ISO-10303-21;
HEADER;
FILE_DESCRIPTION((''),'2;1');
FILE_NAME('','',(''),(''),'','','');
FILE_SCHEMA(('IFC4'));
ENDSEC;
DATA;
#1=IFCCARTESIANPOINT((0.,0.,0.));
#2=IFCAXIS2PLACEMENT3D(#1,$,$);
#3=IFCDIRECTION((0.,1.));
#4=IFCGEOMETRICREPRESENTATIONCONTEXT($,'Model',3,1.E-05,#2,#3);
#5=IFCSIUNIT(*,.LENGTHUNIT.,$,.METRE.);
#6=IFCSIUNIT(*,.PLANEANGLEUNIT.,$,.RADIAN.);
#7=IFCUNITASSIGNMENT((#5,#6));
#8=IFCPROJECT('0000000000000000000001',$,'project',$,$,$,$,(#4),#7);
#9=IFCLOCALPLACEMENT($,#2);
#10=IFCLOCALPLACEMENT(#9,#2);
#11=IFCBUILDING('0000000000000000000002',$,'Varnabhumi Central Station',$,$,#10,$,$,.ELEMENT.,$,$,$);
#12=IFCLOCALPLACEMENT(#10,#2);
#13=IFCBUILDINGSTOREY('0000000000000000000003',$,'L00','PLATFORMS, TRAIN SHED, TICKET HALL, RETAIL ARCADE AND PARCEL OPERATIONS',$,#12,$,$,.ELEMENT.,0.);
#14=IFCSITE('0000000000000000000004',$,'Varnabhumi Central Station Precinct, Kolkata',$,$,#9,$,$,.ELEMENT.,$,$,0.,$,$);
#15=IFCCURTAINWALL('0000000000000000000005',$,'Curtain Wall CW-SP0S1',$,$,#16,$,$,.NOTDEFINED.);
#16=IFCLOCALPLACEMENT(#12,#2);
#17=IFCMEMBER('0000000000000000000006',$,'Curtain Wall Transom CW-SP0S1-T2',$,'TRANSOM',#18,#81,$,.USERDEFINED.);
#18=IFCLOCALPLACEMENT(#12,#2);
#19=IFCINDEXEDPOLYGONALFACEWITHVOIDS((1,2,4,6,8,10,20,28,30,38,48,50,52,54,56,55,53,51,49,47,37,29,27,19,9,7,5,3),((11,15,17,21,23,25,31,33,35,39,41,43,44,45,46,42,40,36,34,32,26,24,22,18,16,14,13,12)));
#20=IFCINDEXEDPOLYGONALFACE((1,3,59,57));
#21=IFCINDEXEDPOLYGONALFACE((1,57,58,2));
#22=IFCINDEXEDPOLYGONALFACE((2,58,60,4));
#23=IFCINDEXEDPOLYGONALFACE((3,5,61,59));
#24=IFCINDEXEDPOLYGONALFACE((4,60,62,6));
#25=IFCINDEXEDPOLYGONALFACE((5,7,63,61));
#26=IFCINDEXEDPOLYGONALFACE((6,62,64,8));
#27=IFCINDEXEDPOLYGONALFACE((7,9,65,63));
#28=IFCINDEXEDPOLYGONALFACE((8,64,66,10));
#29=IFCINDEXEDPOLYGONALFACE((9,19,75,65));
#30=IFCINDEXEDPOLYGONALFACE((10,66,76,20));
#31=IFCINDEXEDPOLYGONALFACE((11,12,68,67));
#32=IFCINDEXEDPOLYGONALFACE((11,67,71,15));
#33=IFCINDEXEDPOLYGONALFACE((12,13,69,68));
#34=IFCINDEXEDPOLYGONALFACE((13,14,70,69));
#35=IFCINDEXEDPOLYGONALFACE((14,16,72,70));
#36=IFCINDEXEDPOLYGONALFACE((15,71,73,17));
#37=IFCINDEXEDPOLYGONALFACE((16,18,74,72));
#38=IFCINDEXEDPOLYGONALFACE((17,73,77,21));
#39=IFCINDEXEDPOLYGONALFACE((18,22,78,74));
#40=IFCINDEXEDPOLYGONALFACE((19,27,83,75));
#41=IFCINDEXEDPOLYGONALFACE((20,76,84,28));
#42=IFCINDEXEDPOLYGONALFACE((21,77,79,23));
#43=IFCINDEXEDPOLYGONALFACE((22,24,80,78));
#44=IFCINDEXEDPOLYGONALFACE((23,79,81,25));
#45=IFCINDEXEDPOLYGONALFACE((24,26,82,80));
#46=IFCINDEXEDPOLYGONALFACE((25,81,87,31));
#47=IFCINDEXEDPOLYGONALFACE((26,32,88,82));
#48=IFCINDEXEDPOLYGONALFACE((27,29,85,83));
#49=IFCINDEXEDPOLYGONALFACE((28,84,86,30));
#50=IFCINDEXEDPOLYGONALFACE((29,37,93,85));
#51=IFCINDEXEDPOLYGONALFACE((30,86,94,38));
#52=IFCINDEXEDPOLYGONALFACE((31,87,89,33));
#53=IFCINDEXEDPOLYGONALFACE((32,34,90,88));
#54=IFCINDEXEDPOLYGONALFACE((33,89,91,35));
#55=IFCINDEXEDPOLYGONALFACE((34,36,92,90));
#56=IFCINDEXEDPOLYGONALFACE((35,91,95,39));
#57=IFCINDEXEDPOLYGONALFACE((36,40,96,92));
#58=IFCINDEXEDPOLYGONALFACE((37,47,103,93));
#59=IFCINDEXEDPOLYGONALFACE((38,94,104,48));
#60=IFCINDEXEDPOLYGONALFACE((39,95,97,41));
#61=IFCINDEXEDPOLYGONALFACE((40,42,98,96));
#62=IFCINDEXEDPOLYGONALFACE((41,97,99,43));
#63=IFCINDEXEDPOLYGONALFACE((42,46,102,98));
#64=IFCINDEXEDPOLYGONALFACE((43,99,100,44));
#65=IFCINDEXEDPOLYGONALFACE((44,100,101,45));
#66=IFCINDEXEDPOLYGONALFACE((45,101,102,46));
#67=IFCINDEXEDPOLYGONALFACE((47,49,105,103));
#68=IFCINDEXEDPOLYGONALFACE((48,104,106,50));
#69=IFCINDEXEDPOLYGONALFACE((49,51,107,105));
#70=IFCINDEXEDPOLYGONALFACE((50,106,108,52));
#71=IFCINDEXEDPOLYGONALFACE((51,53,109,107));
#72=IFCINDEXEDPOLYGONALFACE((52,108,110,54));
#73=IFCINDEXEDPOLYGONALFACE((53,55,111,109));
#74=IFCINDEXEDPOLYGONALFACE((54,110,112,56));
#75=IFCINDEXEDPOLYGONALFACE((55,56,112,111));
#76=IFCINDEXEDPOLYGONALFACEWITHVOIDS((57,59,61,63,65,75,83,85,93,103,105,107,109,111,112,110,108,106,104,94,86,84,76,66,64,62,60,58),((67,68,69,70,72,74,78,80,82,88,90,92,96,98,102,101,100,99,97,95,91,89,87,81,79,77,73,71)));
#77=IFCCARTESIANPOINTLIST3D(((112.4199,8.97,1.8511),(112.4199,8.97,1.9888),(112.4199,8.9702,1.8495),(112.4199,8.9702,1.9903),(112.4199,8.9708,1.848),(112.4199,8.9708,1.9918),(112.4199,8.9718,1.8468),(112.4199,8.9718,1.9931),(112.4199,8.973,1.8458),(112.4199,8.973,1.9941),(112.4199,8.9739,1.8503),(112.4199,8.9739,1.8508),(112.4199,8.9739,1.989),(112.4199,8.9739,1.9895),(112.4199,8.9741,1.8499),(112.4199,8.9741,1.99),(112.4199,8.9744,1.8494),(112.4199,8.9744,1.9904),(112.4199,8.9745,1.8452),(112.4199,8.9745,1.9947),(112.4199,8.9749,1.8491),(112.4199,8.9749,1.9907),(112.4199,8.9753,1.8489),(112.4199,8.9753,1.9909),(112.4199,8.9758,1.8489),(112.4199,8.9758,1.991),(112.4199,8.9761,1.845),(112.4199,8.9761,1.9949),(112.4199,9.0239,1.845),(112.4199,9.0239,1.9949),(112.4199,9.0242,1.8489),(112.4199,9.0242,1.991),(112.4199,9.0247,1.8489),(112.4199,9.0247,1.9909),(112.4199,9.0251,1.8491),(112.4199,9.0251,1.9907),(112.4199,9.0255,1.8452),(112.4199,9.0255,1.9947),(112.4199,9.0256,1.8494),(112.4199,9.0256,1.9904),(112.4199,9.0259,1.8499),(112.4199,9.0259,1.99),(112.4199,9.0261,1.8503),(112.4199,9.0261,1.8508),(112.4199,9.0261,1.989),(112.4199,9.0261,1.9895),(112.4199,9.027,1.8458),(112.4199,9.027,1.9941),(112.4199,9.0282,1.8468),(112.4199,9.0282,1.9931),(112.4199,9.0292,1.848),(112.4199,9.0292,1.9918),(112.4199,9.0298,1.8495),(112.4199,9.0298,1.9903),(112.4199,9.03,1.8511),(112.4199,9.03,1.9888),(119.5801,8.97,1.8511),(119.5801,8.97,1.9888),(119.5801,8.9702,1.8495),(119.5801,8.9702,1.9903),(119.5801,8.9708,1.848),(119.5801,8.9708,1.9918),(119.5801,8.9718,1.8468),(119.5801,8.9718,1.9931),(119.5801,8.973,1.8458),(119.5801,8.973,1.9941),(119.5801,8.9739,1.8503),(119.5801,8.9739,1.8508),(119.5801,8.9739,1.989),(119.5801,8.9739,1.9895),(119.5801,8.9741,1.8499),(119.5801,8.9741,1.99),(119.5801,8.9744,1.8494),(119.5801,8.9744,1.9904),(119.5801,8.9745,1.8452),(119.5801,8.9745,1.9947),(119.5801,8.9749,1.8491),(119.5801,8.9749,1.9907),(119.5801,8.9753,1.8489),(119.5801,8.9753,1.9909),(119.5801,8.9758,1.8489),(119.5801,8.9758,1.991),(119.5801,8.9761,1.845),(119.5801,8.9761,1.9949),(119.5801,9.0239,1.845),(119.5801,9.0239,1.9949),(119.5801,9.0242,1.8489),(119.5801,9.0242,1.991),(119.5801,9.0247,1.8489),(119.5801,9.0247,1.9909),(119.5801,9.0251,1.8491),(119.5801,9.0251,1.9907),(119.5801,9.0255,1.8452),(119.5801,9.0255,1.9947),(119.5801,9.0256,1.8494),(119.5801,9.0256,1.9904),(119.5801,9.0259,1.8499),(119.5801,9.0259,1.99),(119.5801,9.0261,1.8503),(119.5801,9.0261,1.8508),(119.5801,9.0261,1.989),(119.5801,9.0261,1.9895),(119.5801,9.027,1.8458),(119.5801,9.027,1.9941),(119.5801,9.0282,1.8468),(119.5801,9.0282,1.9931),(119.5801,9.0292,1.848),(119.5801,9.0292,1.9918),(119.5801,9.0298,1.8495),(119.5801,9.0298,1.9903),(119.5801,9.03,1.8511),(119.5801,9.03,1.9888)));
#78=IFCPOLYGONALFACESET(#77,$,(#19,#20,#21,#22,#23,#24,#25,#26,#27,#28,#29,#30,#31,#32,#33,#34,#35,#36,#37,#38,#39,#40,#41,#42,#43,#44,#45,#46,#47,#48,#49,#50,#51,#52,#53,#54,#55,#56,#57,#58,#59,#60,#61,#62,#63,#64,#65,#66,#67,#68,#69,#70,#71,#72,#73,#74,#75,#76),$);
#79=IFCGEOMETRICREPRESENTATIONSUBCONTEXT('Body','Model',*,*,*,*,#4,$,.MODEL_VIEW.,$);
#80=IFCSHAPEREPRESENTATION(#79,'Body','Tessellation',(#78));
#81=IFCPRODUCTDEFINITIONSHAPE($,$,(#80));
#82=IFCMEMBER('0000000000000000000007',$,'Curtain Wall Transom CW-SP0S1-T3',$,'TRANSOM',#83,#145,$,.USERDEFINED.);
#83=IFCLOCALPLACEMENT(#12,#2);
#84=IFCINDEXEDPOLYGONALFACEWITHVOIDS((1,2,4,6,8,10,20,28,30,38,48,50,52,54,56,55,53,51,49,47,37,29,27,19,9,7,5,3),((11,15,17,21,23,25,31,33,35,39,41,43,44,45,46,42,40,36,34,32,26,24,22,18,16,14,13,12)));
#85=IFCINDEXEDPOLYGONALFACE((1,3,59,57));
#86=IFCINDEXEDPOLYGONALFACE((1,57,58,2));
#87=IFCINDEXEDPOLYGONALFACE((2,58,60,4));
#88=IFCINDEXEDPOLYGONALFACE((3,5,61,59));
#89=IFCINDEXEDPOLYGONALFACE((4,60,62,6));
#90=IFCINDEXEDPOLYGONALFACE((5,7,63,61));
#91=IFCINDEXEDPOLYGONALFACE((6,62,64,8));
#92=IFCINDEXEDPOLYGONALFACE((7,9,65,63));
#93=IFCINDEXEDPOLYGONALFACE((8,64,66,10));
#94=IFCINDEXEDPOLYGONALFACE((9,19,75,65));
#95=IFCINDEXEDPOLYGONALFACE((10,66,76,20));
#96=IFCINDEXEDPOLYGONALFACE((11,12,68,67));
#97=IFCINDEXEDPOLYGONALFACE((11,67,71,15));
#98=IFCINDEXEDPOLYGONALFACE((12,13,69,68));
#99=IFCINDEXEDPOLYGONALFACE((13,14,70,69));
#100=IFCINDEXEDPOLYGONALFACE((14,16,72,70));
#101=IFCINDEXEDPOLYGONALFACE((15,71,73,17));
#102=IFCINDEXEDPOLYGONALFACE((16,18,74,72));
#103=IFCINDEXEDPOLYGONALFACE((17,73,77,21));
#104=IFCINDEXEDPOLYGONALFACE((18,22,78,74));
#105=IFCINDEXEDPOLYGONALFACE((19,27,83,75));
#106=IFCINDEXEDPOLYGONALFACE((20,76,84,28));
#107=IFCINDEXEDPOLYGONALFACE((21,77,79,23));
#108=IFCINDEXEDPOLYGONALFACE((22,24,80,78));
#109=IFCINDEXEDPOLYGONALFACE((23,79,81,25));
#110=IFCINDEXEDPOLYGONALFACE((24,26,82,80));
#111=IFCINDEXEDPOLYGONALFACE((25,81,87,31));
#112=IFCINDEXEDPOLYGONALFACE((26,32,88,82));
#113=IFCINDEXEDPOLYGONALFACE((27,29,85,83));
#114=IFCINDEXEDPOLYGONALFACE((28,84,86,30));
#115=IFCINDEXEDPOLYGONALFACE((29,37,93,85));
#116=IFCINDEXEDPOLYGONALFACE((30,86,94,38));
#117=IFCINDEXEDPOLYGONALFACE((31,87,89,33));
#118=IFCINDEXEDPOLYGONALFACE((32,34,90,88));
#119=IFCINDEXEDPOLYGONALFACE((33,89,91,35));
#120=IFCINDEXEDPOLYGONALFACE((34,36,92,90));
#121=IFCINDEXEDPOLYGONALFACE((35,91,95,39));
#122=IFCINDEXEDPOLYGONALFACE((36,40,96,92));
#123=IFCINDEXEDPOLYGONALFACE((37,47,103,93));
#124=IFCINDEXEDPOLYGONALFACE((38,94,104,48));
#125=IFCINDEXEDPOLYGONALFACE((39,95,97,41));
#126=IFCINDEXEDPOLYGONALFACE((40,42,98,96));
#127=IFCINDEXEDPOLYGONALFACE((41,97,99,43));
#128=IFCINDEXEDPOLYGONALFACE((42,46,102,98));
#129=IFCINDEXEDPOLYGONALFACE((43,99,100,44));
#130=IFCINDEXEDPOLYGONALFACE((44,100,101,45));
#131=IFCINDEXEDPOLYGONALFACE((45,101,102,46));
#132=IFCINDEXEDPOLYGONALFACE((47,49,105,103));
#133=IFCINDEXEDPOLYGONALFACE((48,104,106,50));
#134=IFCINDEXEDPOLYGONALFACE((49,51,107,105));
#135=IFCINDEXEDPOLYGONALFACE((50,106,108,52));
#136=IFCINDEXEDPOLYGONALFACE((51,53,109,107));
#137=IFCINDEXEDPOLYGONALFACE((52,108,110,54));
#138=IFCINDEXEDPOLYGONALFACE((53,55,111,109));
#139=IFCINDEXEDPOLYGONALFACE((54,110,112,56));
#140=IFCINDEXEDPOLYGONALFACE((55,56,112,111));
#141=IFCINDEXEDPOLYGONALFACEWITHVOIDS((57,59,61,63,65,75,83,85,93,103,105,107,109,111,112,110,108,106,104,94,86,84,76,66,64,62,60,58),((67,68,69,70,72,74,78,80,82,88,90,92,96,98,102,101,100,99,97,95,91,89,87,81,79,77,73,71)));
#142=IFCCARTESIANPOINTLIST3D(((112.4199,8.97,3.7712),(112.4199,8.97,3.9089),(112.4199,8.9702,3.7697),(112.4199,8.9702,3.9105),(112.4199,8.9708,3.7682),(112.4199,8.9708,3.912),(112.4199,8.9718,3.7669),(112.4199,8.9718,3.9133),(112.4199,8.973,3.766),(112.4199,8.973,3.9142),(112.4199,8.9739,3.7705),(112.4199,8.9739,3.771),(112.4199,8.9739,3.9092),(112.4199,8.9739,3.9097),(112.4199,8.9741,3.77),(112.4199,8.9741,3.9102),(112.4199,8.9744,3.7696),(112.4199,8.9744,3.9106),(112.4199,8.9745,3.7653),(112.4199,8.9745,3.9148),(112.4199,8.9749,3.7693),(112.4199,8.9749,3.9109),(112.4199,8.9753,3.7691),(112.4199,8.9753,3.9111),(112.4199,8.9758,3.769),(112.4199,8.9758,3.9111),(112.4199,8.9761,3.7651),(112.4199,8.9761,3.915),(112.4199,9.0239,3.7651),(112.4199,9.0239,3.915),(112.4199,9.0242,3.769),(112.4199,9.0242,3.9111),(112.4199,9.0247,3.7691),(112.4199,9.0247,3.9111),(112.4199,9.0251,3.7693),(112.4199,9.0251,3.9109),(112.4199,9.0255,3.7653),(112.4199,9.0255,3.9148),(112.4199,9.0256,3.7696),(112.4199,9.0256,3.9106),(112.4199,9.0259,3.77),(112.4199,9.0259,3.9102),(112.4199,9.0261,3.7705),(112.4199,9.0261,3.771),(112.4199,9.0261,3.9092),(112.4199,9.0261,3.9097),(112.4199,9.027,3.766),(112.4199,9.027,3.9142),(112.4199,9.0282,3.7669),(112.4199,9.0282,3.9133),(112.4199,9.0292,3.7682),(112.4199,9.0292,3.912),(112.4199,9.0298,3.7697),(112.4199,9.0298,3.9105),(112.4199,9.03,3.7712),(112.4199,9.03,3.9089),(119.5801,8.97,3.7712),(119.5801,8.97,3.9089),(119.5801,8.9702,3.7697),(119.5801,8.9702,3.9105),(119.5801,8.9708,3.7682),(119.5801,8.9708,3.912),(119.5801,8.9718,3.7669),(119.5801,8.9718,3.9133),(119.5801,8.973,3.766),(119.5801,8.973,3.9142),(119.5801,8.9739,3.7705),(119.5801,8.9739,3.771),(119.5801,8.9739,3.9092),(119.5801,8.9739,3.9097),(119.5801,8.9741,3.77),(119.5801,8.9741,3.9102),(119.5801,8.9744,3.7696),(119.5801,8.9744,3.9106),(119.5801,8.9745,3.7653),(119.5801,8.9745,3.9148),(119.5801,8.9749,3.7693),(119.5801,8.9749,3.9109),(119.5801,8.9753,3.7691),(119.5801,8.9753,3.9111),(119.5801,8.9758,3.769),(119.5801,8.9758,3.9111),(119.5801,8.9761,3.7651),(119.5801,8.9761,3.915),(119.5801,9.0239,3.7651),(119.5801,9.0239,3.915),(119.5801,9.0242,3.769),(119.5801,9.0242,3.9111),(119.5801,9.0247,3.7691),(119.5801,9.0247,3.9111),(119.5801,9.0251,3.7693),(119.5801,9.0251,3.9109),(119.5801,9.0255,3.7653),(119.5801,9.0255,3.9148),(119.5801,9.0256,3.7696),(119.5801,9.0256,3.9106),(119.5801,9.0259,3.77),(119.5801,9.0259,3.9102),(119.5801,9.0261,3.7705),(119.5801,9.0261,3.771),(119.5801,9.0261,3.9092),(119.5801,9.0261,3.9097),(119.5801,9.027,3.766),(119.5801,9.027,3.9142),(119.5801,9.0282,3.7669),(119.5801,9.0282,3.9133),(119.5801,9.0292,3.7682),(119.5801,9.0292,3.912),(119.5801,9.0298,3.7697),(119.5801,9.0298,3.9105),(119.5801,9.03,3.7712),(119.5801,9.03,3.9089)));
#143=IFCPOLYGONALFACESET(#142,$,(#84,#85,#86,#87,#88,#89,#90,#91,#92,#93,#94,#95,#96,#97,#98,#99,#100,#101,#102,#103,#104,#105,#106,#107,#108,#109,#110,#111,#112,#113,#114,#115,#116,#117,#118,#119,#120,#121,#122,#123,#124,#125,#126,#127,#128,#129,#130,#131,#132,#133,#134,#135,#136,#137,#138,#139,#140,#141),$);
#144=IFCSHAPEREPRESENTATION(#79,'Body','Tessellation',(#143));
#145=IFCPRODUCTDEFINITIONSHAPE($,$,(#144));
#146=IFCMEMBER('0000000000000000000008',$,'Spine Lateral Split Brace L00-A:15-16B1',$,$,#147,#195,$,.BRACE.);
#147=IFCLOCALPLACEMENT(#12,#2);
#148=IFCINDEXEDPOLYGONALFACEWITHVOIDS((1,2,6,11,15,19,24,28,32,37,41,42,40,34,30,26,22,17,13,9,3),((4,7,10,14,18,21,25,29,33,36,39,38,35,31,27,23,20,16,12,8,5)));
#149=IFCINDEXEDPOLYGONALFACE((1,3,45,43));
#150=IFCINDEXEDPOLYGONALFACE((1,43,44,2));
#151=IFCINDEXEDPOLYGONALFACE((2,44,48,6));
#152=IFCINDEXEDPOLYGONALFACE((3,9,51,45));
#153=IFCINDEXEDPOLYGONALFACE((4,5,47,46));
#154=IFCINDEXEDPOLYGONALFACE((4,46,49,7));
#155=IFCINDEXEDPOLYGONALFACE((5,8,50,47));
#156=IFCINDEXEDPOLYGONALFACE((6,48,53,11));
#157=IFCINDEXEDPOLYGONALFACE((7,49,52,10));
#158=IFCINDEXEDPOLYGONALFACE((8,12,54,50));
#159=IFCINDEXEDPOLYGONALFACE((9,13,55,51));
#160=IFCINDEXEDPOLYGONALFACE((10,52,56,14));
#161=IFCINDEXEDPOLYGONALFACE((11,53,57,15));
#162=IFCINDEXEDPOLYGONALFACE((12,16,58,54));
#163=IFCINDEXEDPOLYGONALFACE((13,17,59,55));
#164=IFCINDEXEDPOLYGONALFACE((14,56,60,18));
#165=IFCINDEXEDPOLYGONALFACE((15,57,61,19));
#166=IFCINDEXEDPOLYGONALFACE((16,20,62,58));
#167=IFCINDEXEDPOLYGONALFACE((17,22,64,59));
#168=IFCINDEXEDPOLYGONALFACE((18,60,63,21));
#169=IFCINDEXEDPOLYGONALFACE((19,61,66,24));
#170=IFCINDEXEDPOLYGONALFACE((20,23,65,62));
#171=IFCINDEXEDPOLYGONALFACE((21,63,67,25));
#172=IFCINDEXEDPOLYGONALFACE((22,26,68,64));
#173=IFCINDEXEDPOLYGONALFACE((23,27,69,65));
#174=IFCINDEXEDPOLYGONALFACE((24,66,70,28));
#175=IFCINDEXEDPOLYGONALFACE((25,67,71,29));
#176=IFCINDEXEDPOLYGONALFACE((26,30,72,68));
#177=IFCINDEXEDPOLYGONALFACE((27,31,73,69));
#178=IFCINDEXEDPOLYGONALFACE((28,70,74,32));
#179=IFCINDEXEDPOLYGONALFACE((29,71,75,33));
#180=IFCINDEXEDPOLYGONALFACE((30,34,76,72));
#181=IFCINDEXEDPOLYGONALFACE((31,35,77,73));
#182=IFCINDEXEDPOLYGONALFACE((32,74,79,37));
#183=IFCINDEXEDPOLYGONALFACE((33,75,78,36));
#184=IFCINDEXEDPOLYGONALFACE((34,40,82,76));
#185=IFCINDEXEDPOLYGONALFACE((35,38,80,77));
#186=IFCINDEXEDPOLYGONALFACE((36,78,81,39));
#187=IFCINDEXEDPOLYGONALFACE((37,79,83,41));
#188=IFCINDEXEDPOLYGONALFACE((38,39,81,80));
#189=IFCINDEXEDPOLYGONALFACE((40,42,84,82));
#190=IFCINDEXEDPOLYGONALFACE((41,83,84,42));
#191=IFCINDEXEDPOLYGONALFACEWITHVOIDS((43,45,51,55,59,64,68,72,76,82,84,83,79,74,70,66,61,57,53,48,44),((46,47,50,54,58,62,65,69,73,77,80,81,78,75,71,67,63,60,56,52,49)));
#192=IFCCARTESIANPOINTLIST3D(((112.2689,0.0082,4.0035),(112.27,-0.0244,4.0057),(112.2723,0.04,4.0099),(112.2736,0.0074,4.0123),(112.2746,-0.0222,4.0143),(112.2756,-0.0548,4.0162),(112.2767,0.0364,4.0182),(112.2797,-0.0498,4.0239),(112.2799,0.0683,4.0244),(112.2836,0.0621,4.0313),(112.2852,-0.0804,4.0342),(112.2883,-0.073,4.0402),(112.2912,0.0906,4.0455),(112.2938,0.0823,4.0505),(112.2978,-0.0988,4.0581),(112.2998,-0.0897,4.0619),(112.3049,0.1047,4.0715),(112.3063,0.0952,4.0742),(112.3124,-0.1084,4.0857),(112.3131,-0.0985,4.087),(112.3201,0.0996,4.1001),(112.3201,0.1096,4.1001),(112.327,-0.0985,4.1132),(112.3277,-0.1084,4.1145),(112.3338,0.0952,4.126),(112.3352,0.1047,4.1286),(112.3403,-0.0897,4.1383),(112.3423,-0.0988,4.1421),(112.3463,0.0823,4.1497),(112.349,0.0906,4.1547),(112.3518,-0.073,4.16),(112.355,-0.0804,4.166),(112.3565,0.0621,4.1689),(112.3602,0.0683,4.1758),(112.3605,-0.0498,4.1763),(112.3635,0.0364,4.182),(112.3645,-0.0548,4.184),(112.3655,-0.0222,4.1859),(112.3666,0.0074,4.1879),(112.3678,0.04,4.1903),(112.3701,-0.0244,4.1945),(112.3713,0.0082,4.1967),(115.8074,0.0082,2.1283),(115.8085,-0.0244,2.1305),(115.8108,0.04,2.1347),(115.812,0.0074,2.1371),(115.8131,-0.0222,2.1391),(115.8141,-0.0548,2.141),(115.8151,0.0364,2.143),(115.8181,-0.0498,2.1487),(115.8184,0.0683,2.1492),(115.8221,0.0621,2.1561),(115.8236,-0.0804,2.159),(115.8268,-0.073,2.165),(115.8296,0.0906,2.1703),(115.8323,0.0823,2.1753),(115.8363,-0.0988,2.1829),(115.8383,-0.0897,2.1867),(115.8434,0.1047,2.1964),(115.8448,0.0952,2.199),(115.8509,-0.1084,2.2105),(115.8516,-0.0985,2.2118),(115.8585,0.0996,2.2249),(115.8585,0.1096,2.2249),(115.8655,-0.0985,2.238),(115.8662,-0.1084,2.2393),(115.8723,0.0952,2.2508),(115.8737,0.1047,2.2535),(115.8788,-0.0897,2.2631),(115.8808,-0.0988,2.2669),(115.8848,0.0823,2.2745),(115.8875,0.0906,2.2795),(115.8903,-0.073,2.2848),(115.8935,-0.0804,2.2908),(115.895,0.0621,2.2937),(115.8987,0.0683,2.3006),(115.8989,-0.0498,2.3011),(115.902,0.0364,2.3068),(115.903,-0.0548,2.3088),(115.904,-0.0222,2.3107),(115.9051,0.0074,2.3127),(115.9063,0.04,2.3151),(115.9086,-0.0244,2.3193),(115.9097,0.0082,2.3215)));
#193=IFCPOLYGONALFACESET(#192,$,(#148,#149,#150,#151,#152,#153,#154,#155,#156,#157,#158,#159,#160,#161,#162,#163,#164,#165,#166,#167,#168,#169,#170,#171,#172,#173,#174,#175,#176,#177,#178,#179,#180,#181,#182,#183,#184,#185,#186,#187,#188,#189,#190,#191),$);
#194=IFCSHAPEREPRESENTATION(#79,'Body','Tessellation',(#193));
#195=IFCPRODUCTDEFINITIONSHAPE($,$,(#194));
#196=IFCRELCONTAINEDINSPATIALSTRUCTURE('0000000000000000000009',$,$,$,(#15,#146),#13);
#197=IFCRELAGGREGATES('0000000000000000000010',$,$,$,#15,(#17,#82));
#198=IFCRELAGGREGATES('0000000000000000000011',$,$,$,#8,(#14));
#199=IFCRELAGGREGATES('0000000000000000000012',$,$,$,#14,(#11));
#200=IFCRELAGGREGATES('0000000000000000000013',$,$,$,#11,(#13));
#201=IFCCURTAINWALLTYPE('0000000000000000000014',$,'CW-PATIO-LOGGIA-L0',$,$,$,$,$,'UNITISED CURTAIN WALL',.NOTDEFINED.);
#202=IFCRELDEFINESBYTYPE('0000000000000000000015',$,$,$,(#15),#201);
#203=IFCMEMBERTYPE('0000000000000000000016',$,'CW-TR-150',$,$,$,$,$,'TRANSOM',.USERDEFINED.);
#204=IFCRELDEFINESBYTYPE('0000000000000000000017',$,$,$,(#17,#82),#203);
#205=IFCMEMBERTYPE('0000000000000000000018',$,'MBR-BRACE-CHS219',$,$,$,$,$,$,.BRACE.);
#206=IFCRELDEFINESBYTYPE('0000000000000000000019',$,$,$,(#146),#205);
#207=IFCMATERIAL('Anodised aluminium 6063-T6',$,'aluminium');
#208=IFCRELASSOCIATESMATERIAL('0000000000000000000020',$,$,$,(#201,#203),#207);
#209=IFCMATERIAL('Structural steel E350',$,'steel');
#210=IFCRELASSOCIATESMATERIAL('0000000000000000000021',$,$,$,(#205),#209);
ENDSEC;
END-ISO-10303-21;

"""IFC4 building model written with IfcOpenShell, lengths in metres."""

from ifc_helpers import new_model, si_unit, direction, frame, origin, origin_2d, place, context, subcontext, project, spatial, hollow_rectangle, hollow_circle, extrude, material, material_profile, profile_set, type_object, element, aggregate, save


model = new_model("IFC4")

# Units and contexts
model_context = context("Model", 3, precision=1e-05, world=origin(), true_north=direction((0.0, 1.0)))
body_context = subcontext(model_context, "Body", "Model", "MODEL_VIEW")
ifc_project = project(units=[si_unit("LENGTHUNIT", "METRE"), si_unit("PLANEANGLEUNIT", "RADIAN")], contexts=[model_context])

# Site, building, storey
site_placement = place(None, origin())
site = spatial("IfcSite", under=ifc_project, at=site_placement, Name="Varnabhumi Central Station Precinct, Kolkata", CompositionType="ELEMENT", RefElevation=0.0)
building_placement = place(site_placement, origin())
building = spatial("IfcBuilding", under=site, at=building_placement, Name="Varnabhumi Central Station", CompositionType="ELEMENT")
storey_placement = place(building_placement, origin())
storey = spatial("IfcBuildingStorey", under=building, at=storey_placement, Name="L00", Description="PLATFORMS, TRAIN SHED, TICKET HALL, RETAIL ARCADE AND PARCEL OPERATIONS", CompositionType="ELEMENT", Elevation=0.0)

# Curtain wall, members
ifc_material_1 = material(Name="Anodised aluminium 6063-T6", Category="aluminium")
curtain_wall_type = type_object("IfcCurtainWallType", Name="CW-PATIO-LOGGIA-L0", ElementType="UNITISED CURTAIN WALL", PredefinedType="NOTDEFINED", material=ifc_material_1)
curtain_wall_placement = place(storey_placement, origin())
curtain_wall = element("IfcCurtainWall", 1, at=curtain_wall_placement, inside=storey, type_object=curtain_wall_type, Name="Curtain Wall CW-SP0S1", PredefinedType="NOTDEFINED")
ifc_material_profile_1 = material_profile(ifc_material_1, hollow_rectangle(XDim=0.0601, YDim=0.1499, WallThickness=0.0039, InnerFilletRadius=0.002, OuterFilletRadius=0.0061, at=origin_2d()), Name="Anodised aluminium 6063-T6", Category="aluminium")
ifc_profile_set_1 = profile_set([ifc_material_profile_1], Name="Anodised aluminium 6063-T6")
member_type_1 = type_object("IfcMemberType", Name="CW-TR-150", ElementType="TRANSOM", PredefinedType="USERDEFINED", material=ifc_profile_set_1)
member_1_placement = place(storey_placement, frame((112.4199, 9.0, 1.9199), z_axis=(1.0, 0.0, 0.0), x_axis=(0.0, 1.0, 0.0)))
member_1 = element("IfcMember", 2, at=member_1_placement, type_object=member_type_1, Name="Curtain Wall Transom CW-SP0S1-T2", ObjectType="TRANSOM", PredefinedType="USERDEFINED", context=body_context, shape_type="SweptSolid", body=[
    extrude(hollow_rectangle(XDim=0.0601, YDim=0.1499, WallThickness=0.0039, InnerFilletRadius=0.002, OuterFilletRadius=0.0061, at=origin_2d()), origin(), (0.0, 0.0, 1.0), 7.1602),
])
member_2_placement = place(storey_placement, frame((112.4199, 9.0, 3.8401), z_axis=(1.0, 0.0, 0.0), x_axis=(0.0, 1.0, 0.0)))
member_2 = element("IfcMember", 3, at=member_2_placement, type_object=member_type_1, Name="Curtain Wall Transom CW-SP0S1-T3", ObjectType="TRANSOM", PredefinedType="USERDEFINED", context=body_context, shape_type="SweptSolid", body=[
    extrude(hollow_rectangle(XDim=0.0601, YDim=0.1499, WallThickness=0.0039, InnerFilletRadius=0.002, OuterFilletRadius=0.0061, at=origin_2d()), origin(), (0.0, 0.0, 1.0), 7.1602),
])

# Member
ifc_material_2 = material(Name="Structural steel E350", Category="steel")
ifc_material_profile_2 = material_profile(ifc_material_2, hollow_circle(Radius=0.1096, WallThickness=0.01, at=origin_2d()), Name="Structural steel E350", Category="steel")
ifc_profile_set_2 = profile_set([ifc_material_profile_2], Name="Structural steel E350")
member_type_2 = type_object("IfcMemberType", Name="MBR-BRACE-CHS219", PredefinedType="BRACE", material=ifc_profile_set_2)
member_3_placement = place(storey_placement, frame((112.3201, 0.0, 4.1001), z_axis=(0.883594, 0.0, -0.468255), x_axis=(0.0, 1.0, 0.0)))
element("IfcMember", 4, at=member_3_placement, inside=storey, type_object=member_type_2, Name="Spine Lateral Split Brace L00-A:15-16B1", PredefinedType="BRACE", context=body_context, shape_type="SweptSolid", body=[
    extrude(hollow_circle(Radius=0.1096, WallThickness=0.01, at=origin_2d()), origin(), (0.0, 0.0, 1.0), 4.0046),
])

aggregate(curtain_wall, [member_1, member_2])

save(model, "model.ifc")
